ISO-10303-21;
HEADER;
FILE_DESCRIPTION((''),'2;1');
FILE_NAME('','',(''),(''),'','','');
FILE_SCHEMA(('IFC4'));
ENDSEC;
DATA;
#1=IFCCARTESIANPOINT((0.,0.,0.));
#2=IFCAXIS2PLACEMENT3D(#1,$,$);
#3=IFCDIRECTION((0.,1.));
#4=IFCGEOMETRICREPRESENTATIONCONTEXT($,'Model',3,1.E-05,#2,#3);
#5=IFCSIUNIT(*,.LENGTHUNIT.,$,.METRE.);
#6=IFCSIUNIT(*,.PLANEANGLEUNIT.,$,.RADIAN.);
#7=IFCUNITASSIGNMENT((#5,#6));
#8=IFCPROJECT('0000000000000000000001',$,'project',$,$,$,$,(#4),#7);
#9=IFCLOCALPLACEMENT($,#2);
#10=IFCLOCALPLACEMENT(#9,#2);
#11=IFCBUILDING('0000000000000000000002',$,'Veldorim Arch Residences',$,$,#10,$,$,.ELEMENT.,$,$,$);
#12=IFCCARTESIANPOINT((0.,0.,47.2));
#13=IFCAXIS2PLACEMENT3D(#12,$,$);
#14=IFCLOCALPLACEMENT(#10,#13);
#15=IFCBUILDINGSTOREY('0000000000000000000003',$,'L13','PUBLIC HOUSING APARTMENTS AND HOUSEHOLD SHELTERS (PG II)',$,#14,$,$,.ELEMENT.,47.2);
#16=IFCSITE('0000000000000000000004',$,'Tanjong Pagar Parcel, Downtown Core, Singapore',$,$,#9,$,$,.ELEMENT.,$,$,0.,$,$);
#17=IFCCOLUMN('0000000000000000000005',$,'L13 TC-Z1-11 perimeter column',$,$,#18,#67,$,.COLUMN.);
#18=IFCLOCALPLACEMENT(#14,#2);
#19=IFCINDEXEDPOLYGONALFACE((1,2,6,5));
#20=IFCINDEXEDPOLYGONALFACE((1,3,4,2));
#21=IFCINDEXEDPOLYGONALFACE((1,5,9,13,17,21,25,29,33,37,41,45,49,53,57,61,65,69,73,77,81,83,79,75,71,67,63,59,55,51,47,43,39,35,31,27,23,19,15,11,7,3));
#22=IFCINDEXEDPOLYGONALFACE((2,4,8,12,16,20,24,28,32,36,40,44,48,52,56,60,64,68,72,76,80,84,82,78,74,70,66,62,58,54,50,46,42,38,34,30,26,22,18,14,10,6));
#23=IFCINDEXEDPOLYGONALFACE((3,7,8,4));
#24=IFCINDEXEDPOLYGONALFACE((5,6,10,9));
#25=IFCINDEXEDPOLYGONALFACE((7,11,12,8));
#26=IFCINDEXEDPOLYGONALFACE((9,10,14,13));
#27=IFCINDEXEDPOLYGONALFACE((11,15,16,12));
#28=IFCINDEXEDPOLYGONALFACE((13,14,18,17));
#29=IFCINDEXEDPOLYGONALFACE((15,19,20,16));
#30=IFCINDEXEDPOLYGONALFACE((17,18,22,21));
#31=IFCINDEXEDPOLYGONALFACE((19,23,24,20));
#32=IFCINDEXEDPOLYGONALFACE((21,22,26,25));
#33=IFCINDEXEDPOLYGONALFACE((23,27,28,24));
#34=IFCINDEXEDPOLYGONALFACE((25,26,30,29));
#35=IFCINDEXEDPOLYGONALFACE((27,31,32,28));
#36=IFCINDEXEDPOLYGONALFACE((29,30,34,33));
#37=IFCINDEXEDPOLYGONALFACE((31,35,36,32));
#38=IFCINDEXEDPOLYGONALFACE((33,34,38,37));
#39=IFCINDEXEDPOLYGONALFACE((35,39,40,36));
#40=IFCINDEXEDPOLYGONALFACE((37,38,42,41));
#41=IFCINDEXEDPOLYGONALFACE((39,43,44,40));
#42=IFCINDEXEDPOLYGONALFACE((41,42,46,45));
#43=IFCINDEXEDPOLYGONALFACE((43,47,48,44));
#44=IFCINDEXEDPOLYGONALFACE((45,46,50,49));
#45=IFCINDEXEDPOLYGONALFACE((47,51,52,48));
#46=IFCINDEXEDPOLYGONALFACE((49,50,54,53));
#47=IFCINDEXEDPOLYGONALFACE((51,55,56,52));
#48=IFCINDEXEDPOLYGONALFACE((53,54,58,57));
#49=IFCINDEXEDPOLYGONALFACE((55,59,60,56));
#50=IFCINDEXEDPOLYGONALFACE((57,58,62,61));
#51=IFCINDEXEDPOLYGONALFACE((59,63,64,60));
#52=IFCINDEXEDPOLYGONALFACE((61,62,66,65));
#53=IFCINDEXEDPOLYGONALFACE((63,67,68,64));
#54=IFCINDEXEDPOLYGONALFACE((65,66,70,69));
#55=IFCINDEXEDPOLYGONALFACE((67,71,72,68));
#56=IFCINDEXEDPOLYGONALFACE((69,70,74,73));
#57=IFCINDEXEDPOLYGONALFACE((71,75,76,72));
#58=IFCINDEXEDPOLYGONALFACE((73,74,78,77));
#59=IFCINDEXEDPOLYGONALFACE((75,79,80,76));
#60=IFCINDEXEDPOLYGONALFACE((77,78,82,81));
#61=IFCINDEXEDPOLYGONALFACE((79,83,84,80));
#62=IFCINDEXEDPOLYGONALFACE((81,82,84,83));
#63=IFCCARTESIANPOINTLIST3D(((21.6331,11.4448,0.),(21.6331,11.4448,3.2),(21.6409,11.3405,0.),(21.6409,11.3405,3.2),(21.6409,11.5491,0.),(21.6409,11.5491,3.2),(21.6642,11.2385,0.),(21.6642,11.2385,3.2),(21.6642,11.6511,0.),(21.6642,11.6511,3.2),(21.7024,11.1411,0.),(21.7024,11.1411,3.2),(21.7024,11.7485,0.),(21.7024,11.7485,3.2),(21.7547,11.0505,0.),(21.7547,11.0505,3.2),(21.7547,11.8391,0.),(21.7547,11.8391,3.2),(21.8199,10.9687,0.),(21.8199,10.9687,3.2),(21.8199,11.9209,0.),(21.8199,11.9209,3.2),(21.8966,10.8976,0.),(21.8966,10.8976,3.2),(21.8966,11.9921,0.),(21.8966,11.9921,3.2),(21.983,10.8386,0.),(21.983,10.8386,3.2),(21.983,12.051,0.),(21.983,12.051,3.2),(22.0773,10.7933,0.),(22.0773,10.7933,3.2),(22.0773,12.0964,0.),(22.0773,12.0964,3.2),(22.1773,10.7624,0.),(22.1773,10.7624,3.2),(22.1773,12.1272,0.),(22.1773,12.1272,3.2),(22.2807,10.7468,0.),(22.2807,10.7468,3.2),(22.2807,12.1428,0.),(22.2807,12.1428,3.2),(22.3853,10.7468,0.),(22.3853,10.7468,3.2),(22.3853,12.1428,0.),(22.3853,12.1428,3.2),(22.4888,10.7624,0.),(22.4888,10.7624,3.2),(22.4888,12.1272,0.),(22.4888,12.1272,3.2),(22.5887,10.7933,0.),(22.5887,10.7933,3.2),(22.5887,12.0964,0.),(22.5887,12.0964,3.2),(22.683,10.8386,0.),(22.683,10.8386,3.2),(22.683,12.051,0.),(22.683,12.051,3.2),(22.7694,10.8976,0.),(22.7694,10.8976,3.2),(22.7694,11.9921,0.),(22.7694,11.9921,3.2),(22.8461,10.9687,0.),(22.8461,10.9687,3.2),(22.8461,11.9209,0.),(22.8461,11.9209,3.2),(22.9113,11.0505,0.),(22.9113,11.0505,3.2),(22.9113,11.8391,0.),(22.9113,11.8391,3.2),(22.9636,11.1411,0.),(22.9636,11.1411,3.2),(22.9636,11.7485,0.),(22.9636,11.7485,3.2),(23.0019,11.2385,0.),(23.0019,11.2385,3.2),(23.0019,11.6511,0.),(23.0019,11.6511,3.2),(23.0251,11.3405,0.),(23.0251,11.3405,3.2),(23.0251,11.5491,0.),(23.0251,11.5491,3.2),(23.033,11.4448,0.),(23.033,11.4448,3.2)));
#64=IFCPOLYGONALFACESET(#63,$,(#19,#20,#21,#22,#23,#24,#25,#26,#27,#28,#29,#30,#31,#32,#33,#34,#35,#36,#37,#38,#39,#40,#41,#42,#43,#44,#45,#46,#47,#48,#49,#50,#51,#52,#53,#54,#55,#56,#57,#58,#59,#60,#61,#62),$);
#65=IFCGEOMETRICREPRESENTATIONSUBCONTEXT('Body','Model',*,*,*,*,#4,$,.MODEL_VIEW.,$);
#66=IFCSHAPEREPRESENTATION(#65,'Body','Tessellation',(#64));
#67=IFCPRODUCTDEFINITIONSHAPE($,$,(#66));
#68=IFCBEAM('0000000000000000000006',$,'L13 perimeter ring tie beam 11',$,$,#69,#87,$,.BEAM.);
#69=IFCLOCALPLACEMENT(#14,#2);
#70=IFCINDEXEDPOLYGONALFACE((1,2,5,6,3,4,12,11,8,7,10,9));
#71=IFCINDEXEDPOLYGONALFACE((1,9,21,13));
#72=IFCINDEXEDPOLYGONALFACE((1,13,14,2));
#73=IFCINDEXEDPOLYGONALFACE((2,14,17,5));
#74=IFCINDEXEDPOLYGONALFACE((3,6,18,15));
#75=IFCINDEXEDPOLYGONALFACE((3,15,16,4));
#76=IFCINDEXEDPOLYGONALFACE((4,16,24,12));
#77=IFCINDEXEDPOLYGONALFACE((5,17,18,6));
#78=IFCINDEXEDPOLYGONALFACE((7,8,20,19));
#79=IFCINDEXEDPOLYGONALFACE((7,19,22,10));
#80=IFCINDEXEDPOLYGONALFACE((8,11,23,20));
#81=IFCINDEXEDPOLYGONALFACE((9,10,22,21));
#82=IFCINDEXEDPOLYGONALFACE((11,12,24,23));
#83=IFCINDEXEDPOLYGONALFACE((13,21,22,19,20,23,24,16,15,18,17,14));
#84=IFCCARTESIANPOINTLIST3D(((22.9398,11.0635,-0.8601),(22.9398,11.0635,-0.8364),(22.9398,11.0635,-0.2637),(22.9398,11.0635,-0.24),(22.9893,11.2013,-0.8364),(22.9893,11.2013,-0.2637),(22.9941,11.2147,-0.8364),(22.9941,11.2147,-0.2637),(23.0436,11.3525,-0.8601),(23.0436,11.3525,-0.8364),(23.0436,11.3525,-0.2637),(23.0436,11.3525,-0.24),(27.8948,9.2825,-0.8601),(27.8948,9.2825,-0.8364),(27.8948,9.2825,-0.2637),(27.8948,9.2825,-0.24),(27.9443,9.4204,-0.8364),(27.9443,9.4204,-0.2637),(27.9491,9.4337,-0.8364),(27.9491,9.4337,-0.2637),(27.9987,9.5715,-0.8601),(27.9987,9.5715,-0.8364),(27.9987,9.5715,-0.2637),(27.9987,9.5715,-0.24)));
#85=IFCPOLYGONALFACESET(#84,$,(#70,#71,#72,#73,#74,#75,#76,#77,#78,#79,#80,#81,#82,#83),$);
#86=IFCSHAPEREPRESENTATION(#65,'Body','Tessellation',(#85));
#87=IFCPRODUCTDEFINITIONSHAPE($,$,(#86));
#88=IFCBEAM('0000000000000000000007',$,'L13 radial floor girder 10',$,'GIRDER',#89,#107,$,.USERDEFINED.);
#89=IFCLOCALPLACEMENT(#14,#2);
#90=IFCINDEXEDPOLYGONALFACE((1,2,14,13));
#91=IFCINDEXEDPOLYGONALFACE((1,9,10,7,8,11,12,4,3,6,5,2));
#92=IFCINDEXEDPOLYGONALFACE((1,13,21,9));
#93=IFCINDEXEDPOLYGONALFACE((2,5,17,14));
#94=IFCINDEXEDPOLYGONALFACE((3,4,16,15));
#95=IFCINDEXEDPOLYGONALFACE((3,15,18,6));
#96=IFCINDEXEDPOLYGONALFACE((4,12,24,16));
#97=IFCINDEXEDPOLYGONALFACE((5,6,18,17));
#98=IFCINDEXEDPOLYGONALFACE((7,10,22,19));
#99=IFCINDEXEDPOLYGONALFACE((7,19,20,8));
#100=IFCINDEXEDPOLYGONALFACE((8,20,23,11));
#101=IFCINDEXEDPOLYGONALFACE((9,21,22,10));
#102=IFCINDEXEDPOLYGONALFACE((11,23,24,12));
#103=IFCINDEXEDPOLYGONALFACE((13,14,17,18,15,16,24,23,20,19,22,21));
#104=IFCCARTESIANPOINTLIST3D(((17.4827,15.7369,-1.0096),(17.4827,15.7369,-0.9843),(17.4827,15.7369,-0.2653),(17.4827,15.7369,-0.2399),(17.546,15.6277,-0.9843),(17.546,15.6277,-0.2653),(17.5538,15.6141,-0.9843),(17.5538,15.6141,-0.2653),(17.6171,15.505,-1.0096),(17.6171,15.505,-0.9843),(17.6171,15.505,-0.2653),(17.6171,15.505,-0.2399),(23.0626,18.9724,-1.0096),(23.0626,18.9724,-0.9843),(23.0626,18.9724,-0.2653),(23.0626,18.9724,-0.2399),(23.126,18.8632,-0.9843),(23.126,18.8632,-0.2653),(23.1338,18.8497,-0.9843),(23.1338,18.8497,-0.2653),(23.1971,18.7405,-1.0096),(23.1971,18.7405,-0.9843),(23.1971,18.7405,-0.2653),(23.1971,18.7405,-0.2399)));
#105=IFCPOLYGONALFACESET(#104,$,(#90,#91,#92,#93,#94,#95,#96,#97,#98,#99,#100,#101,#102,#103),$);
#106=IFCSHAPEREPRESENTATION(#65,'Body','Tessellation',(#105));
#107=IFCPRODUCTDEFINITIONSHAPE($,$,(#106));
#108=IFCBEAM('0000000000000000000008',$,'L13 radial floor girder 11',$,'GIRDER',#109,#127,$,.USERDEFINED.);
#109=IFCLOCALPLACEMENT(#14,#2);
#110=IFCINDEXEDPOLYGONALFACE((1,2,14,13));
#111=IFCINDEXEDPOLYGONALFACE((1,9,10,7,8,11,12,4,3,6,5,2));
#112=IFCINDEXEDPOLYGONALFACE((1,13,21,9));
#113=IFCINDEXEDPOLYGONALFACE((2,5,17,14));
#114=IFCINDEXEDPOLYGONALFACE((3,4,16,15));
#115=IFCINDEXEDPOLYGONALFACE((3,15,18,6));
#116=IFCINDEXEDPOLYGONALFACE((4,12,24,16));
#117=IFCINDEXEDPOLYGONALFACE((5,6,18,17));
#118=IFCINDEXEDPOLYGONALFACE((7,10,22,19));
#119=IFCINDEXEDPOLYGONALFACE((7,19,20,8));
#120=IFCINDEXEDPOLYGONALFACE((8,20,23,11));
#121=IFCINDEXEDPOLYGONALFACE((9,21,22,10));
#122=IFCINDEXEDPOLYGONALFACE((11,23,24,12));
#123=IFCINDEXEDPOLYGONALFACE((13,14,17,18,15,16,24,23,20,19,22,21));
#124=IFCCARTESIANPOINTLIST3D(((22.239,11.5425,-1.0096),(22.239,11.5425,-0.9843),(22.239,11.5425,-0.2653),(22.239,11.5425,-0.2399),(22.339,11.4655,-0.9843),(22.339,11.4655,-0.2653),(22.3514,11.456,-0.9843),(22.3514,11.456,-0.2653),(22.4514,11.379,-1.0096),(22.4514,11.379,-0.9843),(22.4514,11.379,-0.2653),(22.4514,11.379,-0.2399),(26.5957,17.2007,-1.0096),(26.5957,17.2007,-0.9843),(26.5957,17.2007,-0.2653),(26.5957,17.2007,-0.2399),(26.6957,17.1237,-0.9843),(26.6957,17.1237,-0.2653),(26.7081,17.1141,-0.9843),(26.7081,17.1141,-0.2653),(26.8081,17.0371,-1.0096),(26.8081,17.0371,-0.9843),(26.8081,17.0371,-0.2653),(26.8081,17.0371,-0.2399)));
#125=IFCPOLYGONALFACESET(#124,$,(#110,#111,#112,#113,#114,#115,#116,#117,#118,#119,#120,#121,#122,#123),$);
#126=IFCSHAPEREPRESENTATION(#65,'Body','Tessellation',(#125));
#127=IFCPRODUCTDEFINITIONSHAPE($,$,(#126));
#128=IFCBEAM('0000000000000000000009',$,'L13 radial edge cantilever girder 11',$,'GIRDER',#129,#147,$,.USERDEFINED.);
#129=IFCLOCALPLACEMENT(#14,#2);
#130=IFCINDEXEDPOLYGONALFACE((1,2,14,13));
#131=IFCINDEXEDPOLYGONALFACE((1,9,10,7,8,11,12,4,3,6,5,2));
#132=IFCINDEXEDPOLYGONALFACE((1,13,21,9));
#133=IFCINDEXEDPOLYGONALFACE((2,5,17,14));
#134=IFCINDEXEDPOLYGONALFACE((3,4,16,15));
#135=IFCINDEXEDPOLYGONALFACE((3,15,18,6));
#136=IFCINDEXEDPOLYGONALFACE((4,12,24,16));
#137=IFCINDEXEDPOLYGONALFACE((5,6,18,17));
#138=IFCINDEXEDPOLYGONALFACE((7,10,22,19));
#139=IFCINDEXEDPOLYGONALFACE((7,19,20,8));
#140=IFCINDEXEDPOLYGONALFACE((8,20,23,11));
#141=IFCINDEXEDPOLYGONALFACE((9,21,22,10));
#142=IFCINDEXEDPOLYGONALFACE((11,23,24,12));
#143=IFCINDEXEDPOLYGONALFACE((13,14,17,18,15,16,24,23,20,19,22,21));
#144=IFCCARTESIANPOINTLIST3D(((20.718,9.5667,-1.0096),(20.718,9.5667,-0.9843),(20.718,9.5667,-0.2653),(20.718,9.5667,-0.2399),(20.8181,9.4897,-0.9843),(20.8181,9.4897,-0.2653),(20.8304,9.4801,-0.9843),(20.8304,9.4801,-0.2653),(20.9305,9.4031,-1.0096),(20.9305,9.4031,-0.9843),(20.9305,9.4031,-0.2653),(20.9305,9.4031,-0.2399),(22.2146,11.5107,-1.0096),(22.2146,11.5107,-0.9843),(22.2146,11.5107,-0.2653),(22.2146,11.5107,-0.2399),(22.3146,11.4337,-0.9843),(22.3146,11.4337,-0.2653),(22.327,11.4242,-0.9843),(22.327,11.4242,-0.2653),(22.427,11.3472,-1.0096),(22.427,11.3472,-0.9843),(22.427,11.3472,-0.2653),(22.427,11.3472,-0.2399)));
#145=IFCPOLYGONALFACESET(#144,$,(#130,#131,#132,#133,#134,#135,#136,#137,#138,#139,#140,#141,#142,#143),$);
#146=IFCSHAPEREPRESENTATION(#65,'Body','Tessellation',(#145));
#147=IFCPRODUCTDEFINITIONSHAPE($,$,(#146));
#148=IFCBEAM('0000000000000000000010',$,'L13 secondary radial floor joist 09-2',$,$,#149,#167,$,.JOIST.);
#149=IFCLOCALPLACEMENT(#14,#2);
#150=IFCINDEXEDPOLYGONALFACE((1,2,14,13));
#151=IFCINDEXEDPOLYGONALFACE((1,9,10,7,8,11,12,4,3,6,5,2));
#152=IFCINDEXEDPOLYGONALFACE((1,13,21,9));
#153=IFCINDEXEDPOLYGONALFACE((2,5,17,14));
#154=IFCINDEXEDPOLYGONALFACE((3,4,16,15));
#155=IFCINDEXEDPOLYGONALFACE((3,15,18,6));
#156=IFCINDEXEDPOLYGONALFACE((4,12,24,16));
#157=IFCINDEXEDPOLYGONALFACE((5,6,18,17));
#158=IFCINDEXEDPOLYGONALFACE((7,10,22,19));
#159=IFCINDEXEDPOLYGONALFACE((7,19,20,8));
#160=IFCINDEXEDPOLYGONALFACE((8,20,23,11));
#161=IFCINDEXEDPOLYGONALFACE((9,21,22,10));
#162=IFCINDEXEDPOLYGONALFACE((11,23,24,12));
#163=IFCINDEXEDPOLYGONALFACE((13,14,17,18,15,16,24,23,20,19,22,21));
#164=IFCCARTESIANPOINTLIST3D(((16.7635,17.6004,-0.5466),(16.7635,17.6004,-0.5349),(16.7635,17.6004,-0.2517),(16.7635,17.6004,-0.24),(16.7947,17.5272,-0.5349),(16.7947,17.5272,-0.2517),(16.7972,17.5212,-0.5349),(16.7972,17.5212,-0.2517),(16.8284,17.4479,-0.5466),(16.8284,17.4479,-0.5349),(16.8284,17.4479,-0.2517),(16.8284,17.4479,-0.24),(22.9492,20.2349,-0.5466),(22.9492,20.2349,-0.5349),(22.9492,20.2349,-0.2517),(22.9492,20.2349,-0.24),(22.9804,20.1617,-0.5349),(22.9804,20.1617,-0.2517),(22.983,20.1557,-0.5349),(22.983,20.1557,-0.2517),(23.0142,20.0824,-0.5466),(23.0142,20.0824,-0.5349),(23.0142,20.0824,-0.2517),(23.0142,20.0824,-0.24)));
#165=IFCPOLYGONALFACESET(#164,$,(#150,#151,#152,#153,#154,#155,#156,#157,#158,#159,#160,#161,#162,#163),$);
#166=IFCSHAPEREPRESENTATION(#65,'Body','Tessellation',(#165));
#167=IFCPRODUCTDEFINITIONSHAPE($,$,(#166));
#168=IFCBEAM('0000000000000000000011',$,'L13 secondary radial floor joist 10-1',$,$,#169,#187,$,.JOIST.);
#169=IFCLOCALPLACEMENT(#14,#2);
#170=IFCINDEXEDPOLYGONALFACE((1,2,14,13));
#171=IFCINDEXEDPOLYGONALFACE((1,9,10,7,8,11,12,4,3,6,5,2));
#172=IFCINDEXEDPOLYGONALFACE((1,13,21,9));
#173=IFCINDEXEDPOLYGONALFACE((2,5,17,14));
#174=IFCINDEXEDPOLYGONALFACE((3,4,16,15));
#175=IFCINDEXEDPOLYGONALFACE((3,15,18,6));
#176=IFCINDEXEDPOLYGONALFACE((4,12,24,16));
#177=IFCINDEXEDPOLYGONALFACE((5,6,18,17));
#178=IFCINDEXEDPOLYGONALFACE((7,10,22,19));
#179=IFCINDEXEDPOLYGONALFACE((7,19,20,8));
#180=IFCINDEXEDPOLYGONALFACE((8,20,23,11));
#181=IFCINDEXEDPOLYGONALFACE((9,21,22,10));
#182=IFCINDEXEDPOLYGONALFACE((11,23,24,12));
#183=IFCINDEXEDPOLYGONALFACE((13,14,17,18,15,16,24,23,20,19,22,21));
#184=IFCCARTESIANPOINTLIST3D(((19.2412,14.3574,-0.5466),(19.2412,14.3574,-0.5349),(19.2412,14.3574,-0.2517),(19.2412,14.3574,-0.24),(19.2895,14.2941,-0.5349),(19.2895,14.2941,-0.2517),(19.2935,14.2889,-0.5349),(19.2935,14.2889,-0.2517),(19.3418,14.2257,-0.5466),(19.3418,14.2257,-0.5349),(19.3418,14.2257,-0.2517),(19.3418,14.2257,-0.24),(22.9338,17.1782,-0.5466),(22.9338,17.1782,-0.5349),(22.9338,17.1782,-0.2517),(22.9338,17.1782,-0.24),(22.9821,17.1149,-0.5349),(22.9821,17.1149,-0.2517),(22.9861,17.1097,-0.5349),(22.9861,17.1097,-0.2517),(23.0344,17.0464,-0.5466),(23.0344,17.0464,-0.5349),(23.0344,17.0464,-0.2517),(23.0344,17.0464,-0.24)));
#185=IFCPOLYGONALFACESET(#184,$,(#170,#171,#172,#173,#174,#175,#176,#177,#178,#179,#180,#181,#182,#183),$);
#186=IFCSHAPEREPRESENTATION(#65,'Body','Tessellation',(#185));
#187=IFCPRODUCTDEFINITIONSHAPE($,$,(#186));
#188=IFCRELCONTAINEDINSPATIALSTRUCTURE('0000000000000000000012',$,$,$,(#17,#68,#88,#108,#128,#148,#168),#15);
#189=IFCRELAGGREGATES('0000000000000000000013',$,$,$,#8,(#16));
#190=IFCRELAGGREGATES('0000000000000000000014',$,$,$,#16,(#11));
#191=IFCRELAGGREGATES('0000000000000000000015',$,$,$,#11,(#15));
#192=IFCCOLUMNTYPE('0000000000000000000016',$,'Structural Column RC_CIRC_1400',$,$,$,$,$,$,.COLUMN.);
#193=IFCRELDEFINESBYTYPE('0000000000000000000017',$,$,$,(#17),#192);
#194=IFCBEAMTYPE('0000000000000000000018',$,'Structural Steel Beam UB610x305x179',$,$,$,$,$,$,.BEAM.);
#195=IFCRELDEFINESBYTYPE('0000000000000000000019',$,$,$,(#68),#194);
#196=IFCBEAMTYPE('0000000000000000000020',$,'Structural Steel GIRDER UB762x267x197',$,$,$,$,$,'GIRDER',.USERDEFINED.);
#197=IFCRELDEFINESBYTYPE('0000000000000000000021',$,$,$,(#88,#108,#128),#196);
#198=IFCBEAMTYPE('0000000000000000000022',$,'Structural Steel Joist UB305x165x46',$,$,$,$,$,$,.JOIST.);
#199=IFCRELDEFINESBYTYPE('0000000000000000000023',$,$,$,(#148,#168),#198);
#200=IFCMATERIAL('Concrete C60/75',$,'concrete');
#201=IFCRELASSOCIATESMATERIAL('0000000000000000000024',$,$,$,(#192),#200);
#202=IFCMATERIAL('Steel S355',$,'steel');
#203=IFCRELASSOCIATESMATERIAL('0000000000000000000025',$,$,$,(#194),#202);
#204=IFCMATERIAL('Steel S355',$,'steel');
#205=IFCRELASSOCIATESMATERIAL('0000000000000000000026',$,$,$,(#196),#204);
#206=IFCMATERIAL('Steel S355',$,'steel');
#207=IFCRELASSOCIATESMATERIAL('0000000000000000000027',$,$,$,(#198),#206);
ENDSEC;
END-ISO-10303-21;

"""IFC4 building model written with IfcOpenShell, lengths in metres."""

from ifc_helpers import new_model, si_unit, direction, frame, origin, origin_2d, place, context, subcontext, project, spatial, circle, i_section, extrude, material, material_profile, profile_set, type_object, element, save


model = new_model("IFC4")

# Units and contexts
model_context = context("Model", 3, precision=1e-05, world=origin(), true_north=direction((0.0, 1.0)))
body_context = subcontext(model_context, "Body", "Model", "MODEL_VIEW")
ifc_project = project(units=[si_unit("LENGTHUNIT", "METRE"), si_unit("PLANEANGLEUNIT", "RADIAN")], contexts=[model_context])

# Site, building, storey
site_placement = place(None, origin())
site = spatial("IfcSite", under=ifc_project, at=site_placement, Name="Tanjong Pagar Parcel, Downtown Core, Singapore", CompositionType="ELEMENT", RefElevation=0.0)
building_placement = place(site_placement, origin())
building = spatial("IfcBuilding", under=site, at=building_placement, Name="Veldorim Arch Residences", CompositionType="ELEMENT")
storey_placement = place(building_placement, frame((0.0, 0.0, 47.2)))
storey = spatial("IfcBuildingStorey", under=building, at=storey_placement, Name="L13", Description="PUBLIC HOUSING APARTMENTS AND HOUSEHOLD SHELTERS (PG II)", CompositionType="ELEMENT", Elevation=47.2)

# Column
ifc_material_1 = material(Name="Concrete C60/75", Category="concrete")
ifc_material_profile_1 = material_profile(ifc_material_1, circle(Radius=0.7, at=origin_2d()), Name="RC_CIRC_1400")
ifc_profile_set_1 = profile_set([ifc_material_profile_1], Name="Concrete C60/75")
column_type = type_object("IfcColumnType", Name="Structural Column RC_CIRC_1400", PredefinedType="COLUMN", material=ifc_profile_set_1)
column_placement = place(storey_placement, frame((22.333, 11.4448, 0.0), z_axis=(0.0, 0.0, 1.0), x_axis=(1.0, 0.0, 0.0)))
element("IfcColumn", 1, at=column_placement, inside=storey, type_object=column_type, Name="L13 TC-Z1-11 perimeter column", PredefinedType="COLUMN", context=body_context, shape_type="SweptSolid", body=[
    extrude(circle(Radius=0.7, at=origin_2d()), origin(), (0.0, 0.0, 1.0), 3.2),
])

# Beams
ifc_material_2 = material(Name="Steel S355", Category="steel")
ifc_material_profile_2 = material_profile(ifc_material_2, i_section(OverallWidth=0.3071, OverallDepth=0.6201, WebThickness=0.0142, FlangeThickness=0.0237, at=origin_2d()), Name="UB610x305x179")
ifc_profile_set_2 = profile_set([ifc_material_profile_2], Name="Steel S355")
beam_type_1 = type_object("IfcBeamType", Name="Structural Steel Beam UB610x305x179", PredefinedType="BEAM", material=ifc_profile_set_2)
beam_1_placement = place(storey_placement, frame((22.9917, 11.208, -0.55), z_axis=(0.941058, -0.338245, 0.0), x_axis=(0.338245, 0.941058, 0.0)))
element("IfcBeam", 2, at=beam_1_placement, inside=storey, type_object=beam_type_1, Name="L13 perimeter ring tie beam 11", PredefinedType="BEAM", context=body_context, shape_type="SweptSolid", body=[
    extrude(i_section(OverallWidth=0.3071, OverallDepth=0.6201, WebThickness=0.0142, FlangeThickness=0.0237, at=origin_2d()), origin(), (0.0, 0.0, 1.0), 5.2654),
])
ifc_material_3 = material(Name="Steel S355", Category="steel")
ifc_material_profile_3 = material_profile(ifc_material_3, i_section(OverallWidth=0.2681, OverallDepth=0.7698, WebThickness=0.0156, FlangeThickness=0.0254, at=origin_2d()), Name="UB762x267x197")
ifc_profile_set_3 = profile_set([ifc_material_profile_3], Name="Steel S355")
beam_type_2 = type_object("IfcBeamType", Name="Structural Steel GIRDER UB762x267x197", ElementType="GIRDER", PredefinedType="USERDEFINED", material=ifc_profile_set_3)
beam_2_placement = place(storey_placement, frame((23.1299, 18.8564, -0.6248), z_axis=(-0.865088, -0.50162, 0.0), x_axis=(0.50162, -0.865088, 0.0)))
element("IfcBeam", 3, at=beam_2_placement, inside=storey, type_object=beam_type_2, Name="L13 radial floor girder 10", ObjectType="GIRDER", PredefinedType="USERDEFINED", context=body_context, shape_type="SweptSolid", body=[
    extrude(i_section(OverallWidth=0.2681, OverallDepth=0.7698, WebThickness=0.0156, FlangeThickness=0.0254, at=origin_2d()), origin(), (0.0, 0.0, 1.0), 6.4502),
])
beam_3_placement = place(storey_placement, frame((26.7019, 17.1189, -0.6248), z_axis=(-0.610082, -0.792338, 0.0), x_axis=(0.792338, -0.610082, 0.0)))
element("IfcBeam", 4, at=beam_3_placement, inside=storey, type_object=beam_type_2, Name="L13 radial floor girder 11", ObjectType="GIRDER", PredefinedType="USERDEFINED", context=body_context, shape_type="SweptSolid", body=[
    extrude(i_section(OverallWidth=0.2681, OverallDepth=0.7698, WebThickness=0.0156, FlangeThickness=0.0254, at=origin_2d()), origin(), (0.0, 0.0, 1.0), 7.1411),
])
beam_4_placement = place(storey_placement, frame((22.3208, 11.429, -0.6248), z_axis=(-0.609999, -0.792402, 0.0), x_axis=(0.792402, -0.609999, 0.0)))
element("IfcBeam", 5, at=beam_4_placement, inside=storey, type_object=beam_type_2, Name="L13 radial edge cantilever girder 11", ObjectType="GIRDER", PredefinedType="USERDEFINED", context=body_context, shape_type="SweptSolid", body=[
    extrude(i_section(OverallWidth=0.2681, OverallDepth=0.7698, WebThickness=0.0156, FlangeThickness=0.0254, at=origin_2d()), origin(), (0.0, 0.0, 1.0), 2.4534),
])
ifc_material_4 = material(Name="Steel S355", Category="steel")
ifc_material_profile_4 = material_profile(ifc_material_4, i_section(OverallWidth=0.1658, OverallDepth=0.3066, WebThickness=0.0066, FlangeThickness=0.0117, at=origin_2d()), Name="UB305x165x46")
ifc_profile_set_4 = profile_set([ifc_material_profile_4], Name="Steel S355")
beam_type_3 = type_object("IfcBeamType", Name="Structural Steel Joist UB305x165x46", PredefinedType="JOIST", material=ifc_profile_set_4)
beam_5_placement = place(storey_placement, frame((22.9817, 20.1587, -0.3933), z_axis=(-0.920033, -0.391841, 0.0), x_axis=(0.391841, -0.920033, 0.0)))
element("IfcBeam", 6, at=beam_5_placement, inside=storey, type_object=beam_type_3, Name="L13 secondary radial floor joist 09-2", PredefinedType="JOIST", context=body_context, shape_type="SweptSolid", body=[
    extrude(i_section(OverallWidth=0.1658, OverallDepth=0.3066, WebThickness=0.0066, FlangeThickness=0.0117, at=origin_2d()), origin(), (0.0, 0.0, 1.0), 6.7234),
])
beam_6_placement = place(storey_placement, frame((22.9841, 17.1123, -0.3933), z_axis=(-0.794666, -0.607046, 0.0), x_axis=(0.607046, -0.794666, 0.0)))
element("IfcBeam", 7, at=beam_6_placement, inside=storey, type_object=beam_type_3, Name="L13 secondary radial floor joist 10-1", PredefinedType="JOIST", context=body_context, shape_type="SweptSolid", body=[
    extrude(i_section(OverallWidth=0.1658, OverallDepth=0.3066, WebThickness=0.0066, FlangeThickness=0.0117, at=origin_2d()), origin(), (0.0, 0.0, 1.0), 4.6467),
])

save(model, "model.ifc")
